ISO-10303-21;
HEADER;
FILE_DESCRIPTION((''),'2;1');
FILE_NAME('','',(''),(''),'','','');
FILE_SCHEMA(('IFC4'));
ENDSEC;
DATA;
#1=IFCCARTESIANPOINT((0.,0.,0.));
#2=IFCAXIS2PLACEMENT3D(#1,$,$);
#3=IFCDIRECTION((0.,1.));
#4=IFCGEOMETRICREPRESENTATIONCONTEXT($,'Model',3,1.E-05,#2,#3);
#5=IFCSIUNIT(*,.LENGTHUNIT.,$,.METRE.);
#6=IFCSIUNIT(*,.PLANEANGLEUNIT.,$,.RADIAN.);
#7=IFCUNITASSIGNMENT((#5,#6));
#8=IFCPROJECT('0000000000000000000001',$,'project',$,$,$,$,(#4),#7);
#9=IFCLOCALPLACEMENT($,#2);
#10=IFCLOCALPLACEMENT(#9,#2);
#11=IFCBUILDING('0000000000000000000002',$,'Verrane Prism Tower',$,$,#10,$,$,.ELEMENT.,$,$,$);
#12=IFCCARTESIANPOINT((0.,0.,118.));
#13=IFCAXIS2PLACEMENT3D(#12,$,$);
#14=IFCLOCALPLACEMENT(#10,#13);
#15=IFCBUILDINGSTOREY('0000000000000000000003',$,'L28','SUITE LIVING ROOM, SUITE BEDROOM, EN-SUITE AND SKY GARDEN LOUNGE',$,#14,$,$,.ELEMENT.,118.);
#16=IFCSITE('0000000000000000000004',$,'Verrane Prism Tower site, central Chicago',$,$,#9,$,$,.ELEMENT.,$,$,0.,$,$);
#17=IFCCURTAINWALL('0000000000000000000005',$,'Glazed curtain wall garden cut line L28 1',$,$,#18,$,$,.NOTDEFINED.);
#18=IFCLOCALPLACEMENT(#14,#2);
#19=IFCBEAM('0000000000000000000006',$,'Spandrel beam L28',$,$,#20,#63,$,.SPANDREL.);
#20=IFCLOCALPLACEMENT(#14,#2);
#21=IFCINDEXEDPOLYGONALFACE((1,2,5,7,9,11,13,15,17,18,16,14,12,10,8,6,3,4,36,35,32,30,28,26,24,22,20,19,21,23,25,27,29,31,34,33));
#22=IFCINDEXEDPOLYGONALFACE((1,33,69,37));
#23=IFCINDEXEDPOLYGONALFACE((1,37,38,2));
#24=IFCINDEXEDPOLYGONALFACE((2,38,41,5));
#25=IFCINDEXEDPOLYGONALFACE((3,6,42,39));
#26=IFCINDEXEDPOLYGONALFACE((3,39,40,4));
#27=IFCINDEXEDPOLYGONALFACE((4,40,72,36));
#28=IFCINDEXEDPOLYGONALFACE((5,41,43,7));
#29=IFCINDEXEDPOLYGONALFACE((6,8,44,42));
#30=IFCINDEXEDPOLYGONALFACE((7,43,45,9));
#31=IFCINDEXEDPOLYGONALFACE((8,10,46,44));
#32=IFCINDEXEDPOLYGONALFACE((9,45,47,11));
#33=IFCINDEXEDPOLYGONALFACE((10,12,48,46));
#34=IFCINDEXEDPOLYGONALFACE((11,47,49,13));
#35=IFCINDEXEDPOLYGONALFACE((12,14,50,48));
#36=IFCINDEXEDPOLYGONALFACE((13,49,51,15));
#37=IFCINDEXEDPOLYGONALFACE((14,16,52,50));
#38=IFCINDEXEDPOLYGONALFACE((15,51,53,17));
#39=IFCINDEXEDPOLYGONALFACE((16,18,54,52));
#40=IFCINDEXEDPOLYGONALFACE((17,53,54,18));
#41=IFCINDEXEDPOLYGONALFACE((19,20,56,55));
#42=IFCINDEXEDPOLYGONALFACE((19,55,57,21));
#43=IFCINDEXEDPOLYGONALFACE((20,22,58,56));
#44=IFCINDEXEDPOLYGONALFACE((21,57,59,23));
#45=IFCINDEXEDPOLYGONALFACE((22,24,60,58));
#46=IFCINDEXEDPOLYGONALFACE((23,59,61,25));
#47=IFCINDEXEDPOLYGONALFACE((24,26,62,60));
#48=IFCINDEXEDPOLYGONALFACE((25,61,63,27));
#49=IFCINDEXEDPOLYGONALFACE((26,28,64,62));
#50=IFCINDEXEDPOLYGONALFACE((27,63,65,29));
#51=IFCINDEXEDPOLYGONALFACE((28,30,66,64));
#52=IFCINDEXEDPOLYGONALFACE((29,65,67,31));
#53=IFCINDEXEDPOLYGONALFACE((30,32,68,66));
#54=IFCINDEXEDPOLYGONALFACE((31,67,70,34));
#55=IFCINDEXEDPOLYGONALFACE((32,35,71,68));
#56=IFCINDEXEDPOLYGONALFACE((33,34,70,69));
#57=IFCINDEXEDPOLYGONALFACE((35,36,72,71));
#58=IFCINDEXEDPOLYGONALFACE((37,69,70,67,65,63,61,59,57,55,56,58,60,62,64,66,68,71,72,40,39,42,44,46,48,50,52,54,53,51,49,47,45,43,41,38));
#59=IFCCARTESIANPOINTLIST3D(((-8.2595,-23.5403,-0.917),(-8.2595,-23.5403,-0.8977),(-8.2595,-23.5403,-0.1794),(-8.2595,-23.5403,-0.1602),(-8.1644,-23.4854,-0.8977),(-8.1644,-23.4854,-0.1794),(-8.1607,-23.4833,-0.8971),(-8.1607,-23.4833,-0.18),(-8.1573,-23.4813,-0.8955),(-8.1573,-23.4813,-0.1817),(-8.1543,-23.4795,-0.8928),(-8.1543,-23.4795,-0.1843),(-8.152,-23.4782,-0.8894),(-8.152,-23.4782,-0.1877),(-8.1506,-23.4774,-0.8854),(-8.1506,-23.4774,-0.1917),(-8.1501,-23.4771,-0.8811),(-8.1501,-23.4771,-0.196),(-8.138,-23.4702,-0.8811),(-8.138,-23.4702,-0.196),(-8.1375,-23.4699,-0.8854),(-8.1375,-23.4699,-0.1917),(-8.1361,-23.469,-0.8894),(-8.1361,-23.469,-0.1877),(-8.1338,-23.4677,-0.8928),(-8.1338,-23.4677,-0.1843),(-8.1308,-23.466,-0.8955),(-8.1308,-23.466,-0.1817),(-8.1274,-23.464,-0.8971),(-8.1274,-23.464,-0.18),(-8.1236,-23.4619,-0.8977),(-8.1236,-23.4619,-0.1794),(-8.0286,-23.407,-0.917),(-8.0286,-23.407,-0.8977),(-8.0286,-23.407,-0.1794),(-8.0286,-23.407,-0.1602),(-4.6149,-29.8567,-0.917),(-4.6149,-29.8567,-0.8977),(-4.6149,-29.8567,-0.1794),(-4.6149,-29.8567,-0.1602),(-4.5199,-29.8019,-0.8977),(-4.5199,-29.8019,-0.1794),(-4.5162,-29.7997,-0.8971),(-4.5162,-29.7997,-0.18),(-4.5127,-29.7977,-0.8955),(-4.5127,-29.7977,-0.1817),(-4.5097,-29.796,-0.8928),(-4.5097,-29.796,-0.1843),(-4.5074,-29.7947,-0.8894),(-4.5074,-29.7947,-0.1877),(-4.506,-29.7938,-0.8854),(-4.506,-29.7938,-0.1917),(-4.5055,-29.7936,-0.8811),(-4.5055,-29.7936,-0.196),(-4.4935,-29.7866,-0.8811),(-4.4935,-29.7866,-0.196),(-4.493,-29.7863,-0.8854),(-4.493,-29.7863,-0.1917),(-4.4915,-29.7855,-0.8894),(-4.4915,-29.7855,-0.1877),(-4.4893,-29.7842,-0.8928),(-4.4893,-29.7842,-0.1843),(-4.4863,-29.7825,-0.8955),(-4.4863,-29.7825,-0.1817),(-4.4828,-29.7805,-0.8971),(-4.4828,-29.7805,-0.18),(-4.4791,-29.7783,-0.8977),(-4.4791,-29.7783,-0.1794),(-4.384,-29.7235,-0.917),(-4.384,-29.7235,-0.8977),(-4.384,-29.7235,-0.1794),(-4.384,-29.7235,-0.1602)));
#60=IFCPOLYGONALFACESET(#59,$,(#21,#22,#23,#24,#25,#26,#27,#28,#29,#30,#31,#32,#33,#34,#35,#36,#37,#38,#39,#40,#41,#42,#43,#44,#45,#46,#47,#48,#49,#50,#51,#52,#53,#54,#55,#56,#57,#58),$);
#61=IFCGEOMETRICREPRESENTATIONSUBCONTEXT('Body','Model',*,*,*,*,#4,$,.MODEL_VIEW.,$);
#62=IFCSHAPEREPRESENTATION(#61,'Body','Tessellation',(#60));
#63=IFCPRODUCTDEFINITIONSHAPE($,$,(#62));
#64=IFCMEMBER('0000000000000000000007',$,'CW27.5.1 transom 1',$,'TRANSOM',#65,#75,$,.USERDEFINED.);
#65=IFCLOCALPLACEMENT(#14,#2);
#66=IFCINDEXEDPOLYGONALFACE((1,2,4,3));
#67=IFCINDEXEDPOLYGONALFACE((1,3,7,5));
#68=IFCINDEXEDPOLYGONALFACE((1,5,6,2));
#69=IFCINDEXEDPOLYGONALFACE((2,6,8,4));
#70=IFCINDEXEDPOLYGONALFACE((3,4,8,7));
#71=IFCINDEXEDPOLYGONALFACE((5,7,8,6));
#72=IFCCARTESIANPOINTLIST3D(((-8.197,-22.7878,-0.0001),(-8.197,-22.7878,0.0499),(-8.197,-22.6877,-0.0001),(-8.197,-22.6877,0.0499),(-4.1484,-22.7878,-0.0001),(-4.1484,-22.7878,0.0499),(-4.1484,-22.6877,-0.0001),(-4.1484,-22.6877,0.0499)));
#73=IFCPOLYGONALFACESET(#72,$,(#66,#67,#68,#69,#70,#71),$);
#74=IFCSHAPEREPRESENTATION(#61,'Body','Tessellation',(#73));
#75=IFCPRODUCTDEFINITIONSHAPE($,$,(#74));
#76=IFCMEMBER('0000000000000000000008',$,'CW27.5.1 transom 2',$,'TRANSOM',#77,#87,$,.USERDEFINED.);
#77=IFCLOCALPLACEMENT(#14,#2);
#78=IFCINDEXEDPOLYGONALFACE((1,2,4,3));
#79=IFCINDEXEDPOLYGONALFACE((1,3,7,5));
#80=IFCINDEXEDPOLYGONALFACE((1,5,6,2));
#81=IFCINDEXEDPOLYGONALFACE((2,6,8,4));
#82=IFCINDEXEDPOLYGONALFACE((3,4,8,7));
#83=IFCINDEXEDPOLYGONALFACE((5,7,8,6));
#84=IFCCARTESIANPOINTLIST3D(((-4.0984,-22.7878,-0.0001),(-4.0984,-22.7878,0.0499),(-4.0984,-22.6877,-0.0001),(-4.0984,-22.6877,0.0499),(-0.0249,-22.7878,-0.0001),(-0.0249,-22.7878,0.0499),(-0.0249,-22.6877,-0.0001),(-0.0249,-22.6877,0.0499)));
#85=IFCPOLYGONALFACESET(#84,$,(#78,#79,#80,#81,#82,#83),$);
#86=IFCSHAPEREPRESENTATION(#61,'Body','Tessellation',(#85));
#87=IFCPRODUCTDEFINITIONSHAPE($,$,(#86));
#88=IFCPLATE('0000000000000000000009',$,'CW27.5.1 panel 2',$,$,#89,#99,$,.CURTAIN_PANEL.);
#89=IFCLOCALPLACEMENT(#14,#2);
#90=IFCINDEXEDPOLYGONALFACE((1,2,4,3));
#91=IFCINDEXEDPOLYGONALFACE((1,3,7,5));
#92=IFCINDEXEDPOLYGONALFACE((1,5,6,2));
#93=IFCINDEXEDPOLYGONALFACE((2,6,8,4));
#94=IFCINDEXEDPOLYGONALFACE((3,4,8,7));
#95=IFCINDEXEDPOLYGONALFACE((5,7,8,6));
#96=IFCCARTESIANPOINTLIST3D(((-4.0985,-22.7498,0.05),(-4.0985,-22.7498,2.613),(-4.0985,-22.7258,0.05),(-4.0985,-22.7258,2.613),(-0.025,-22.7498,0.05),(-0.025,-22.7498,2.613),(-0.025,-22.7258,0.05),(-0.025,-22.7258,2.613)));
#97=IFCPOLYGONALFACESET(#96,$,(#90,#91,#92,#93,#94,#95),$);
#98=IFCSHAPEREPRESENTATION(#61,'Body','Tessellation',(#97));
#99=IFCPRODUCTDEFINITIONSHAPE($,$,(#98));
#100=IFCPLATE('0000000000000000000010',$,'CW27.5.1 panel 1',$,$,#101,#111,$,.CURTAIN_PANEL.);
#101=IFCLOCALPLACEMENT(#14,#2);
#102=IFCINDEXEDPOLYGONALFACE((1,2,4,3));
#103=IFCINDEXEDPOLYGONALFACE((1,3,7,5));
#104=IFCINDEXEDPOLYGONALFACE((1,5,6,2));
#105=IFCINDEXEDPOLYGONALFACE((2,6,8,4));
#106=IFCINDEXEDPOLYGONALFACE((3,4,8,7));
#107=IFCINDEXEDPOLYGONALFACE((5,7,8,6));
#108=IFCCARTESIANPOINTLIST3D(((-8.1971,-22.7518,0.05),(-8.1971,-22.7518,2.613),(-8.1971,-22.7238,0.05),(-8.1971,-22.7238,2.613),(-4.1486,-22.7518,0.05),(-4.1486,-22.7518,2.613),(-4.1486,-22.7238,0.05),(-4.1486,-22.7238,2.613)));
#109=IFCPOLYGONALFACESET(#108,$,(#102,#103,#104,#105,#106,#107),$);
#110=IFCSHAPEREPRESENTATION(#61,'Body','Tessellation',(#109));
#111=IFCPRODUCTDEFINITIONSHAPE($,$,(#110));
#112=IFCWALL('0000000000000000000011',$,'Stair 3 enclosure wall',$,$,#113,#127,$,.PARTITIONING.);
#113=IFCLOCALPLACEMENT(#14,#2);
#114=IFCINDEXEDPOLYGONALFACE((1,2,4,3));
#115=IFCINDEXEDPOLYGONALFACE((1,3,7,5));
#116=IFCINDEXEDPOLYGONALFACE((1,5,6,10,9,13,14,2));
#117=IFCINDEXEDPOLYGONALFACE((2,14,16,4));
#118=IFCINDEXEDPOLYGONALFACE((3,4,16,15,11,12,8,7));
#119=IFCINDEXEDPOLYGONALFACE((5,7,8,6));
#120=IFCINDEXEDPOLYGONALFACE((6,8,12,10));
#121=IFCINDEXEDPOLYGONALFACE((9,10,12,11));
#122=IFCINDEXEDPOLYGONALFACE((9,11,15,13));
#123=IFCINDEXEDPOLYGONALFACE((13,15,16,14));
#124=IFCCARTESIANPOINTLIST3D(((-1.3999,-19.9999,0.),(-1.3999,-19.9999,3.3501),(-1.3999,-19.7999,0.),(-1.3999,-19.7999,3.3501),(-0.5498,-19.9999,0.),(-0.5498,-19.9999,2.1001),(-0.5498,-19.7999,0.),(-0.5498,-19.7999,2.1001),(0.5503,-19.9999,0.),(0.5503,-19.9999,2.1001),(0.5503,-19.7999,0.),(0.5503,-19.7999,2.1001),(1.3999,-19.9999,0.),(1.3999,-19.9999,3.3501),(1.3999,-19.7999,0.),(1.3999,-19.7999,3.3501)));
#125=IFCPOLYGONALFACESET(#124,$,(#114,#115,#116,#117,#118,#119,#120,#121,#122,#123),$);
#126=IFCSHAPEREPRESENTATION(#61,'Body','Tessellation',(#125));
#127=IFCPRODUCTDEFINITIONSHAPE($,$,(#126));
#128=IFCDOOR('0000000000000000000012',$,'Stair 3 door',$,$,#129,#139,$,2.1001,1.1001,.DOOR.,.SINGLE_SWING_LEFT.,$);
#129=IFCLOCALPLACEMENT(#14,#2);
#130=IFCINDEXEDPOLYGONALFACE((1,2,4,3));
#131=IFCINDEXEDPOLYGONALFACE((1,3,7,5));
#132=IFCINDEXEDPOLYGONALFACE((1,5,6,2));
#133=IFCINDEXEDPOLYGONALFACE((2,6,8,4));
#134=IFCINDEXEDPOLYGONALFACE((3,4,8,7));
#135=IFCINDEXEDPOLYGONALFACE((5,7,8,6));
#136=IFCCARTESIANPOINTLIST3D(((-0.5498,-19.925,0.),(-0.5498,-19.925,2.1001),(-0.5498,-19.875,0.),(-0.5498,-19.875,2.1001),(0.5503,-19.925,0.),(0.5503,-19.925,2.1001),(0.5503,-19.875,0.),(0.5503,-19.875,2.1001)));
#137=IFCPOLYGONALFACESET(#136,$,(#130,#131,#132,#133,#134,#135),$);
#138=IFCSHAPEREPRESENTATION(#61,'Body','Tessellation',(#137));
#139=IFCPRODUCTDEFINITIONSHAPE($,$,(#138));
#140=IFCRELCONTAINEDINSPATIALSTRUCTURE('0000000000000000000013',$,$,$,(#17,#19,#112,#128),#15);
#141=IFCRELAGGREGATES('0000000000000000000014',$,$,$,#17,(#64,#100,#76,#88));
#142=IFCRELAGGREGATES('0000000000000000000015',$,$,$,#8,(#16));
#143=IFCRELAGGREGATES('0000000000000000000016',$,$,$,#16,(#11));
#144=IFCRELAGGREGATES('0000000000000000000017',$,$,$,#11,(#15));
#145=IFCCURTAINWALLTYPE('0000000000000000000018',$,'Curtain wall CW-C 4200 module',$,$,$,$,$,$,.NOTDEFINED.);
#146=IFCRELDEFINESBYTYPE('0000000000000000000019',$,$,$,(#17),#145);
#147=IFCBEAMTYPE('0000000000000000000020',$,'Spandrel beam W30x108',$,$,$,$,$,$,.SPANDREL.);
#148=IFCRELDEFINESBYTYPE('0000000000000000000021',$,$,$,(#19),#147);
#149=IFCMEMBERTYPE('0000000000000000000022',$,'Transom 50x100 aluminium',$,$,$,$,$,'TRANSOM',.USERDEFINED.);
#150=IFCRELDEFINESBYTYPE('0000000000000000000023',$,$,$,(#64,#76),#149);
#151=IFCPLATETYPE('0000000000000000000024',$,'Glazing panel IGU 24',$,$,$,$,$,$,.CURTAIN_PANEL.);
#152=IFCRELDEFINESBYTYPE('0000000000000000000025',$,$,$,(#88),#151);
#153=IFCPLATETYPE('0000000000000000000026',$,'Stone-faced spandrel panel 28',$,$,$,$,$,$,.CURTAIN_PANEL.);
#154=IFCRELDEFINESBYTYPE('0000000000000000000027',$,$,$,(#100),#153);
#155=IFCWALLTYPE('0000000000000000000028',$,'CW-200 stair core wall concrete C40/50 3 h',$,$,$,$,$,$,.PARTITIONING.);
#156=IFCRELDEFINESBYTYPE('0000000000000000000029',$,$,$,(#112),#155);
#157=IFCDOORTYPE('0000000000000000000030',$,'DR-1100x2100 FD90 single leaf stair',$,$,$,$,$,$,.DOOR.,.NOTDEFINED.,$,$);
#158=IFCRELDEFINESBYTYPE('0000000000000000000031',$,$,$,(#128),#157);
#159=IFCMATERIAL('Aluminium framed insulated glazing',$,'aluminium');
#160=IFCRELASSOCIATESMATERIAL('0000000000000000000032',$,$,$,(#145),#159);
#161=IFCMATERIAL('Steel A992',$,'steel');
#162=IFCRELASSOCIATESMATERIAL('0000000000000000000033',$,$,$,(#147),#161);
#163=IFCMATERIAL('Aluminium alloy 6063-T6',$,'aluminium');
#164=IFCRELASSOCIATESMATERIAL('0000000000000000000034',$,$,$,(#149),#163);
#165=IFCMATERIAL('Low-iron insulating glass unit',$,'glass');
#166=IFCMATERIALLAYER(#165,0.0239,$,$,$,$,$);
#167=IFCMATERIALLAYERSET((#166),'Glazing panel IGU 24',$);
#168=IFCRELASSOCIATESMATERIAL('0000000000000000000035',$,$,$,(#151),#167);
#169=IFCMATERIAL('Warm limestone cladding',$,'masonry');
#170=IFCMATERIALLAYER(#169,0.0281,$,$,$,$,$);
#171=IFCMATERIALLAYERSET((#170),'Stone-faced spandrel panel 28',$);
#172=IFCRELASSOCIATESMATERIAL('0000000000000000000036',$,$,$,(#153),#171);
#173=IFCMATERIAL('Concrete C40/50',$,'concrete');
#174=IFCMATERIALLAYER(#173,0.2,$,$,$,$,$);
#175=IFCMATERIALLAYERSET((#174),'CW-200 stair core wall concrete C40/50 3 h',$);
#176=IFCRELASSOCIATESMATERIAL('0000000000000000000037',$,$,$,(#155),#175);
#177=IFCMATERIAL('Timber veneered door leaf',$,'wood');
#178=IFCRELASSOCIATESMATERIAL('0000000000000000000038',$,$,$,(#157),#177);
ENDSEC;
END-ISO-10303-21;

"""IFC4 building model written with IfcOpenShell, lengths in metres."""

from ifc_helpers import new_model, si_unit, direction, frame, frame_2d, origin, origin_2d, place, context, subcontext, project, spatial, rectangle, i_section, extrude, material, layer, layer_set, material_profile, profile_set, type_object, element, fill, aggregate, save


model = new_model("IFC4")

# Units and contexts
model_context = context("Model", 3, precision=1e-05, world=origin(), true_north=direction((0.0, 1.0)))
body_context = subcontext(model_context, "Body", "Model", "MODEL_VIEW")
ifc_project = project(units=[si_unit("LENGTHUNIT", "METRE"), si_unit("PLANEANGLEUNIT", "RADIAN")], contexts=[model_context])

# Site, building, storey
site_placement = place(None, origin())
site = spatial("IfcSite", under=ifc_project, at=site_placement, Name="Verrane Prism Tower site, central Chicago", CompositionType="ELEMENT", RefElevation=0.0)
building_placement = place(site_placement, origin())
building = spatial("IfcBuilding", under=site, at=building_placement, Name="Verrane Prism Tower", CompositionType="ELEMENT")
storey_placement = place(building_placement, frame((0.0, 0.0, 118.0)))
storey = spatial("IfcBuildingStorey", under=building, at=storey_placement, Name="L28", Description="SUITE LIVING ROOM, SUITE BEDROOM, EN-SUITE AND SKY GARDEN LOUNGE", CompositionType="ELEMENT", Elevation=118.0)

# Curtain wall
ifc_material_1 = material(Name="Aluminium framed insulated glazing", Category="aluminium")
curtain_wall_type = type_object("IfcCurtainWallType", Name="Curtain wall CW-C 4200 module", PredefinedType="NOTDEFINED", material=ifc_material_1)
curtain_wall_placement = place(storey_placement, origin())
curtain_wall = element("IfcCurtainWall", 1, at=curtain_wall_placement, inside=storey, type_object=curtain_wall_type, Name="Glazed curtain wall garden cut line L28 1", PredefinedType="NOTDEFINED")

# Beam
ifc_material_2 = material(Name="Steel A992", Category="steel")
ifc_material_profile_1 = material_profile(ifc_material_2, i_section(OverallWidth=0.2666, OverallDepth=0.7568, WebThickness=0.0139, FlangeThickness=0.0193, FilletRadius=0.0166, at=origin_2d()), Name="W30x108")
ifc_profile_set_1 = profile_set([ifc_material_profile_1], Name="Steel A992")
beam_type_1 = type_object("IfcBeamType", Name="Spandrel beam W30x108", PredefinedType="SPANDREL", material=ifc_profile_set_1)
beam_1_placement = place(storey_placement, frame((-8.144, -23.4736, -0.5386), z_axis=(0.499769, -0.866159, 0.0), x_axis=(0.866159, 0.499769, 0.0)))
element("IfcBeam", 2, at=beam_1_placement, inside=storey, type_object=beam_type_1, Name="Spandrel beam L28", PredefinedType="SPANDREL", context=body_context, shape_type="SweptSolid", body=[
    extrude(i_section(OverallWidth=0.2666, OverallDepth=0.7568, WebThickness=0.0139, FlangeThickness=0.0193, FilletRadius=0.0166, at=origin_2d()), origin(), (0.0, 0.0, 1.0), 7.2925),
])

# Members
ifc_material_3 = material(Name="Aluminium alloy 6063-T6", Category="aluminium")
ifc_material_profile_2 = material_profile(ifc_material_3, rectangle(XDim=0.1001, YDim=0.05, at=origin_2d()), Name="Transom 50x100 aluminium")
ifc_profile_set_2 = profile_set([ifc_material_profile_2], Name="Aluminium alloy 6063-T6")
member_type_1 = type_object("IfcMemberType", Name="Transom 50x100 aluminium", ElementType="TRANSOM", PredefinedType="USERDEFINED", material=ifc_profile_set_2)
member_1_placement = place(storey_placement, frame((-8.197, -22.7378, 0.0249), z_axis=(1.0, 0.0, 0.0), x_axis=(0.0, 1.0, 0.0)))
member_1 = element("IfcMember", 3, at=member_1_placement, type_object=member_type_1, Name="CW27.5.1 transom 1", ObjectType="TRANSOM", PredefinedType="USERDEFINED", context=body_context, shape_type="SweptSolid", body=[
    extrude(rectangle(XDim=0.1001, YDim=0.05, at=origin_2d()), origin(), (0.0, 0.0, 1.0), 4.0486),
])
member_2_placement = place(storey_placement, frame((-4.0984, -22.7378, 0.0249), z_axis=(1.0, 0.0, 0.0), x_axis=(0.0, 1.0, 0.0)))
member_2 = element("IfcMember", 4, at=member_2_placement, type_object=member_type_1, Name="CW27.5.1 transom 2", ObjectType="TRANSOM", PredefinedType="USERDEFINED", context=body_context, shape_type="SweptSolid", body=[
    extrude(rectangle(XDim=0.1001, YDim=0.05, at=origin_2d()), origin(), (0.0, 0.0, 1.0), 4.0735),
])

# Plates
ifc_material_4 = material(Name="Low-iron insulating glass unit", Category="glass")
ifc_layer_1 = layer(ifc_material_4, 0.0239)
ifc_layer_set_1 = layer_set([ifc_layer_1], Name="Glazing panel IGU 24")
plate_type_1 = type_object("IfcPlateType", Name="Glazing panel IGU 24", PredefinedType="CURTAIN_PANEL", material=ifc_layer_set_1)
plate_1_placement = place(storey_placement, frame((-2.0618, -22.7378, 0.05), z_axis=(0.0, 0.0, 1.0), x_axis=(1.0, 0.0, 0.0)))
plate_1 = element("IfcPlate", 5, at=plate_1_placement, type_object=plate_type_1, Name="CW27.5.1 panel 2", PredefinedType="CURTAIN_PANEL", context=body_context, shape_type="SweptSolid", body=[
    extrude(rectangle(XDim=4.0735, YDim=0.0239, at=origin_2d()), origin(), (0.0, 0.0, 1.0), 2.563),
])
ifc_material_5 = material(Name="Warm limestone cladding", Category="masonry")
ifc_layer_2 = layer(ifc_material_5, 0.0281)
ifc_layer_set_2 = layer_set([ifc_layer_2], Name="Stone-faced spandrel panel 28")
plate_type_2 = type_object("IfcPlateType", Name="Stone-faced spandrel panel 28", PredefinedType="CURTAIN_PANEL", material=ifc_layer_set_2)
plate_2_placement = place(storey_placement, frame((-6.1729, -22.7378, 0.05), z_axis=(0.0, 0.0, 1.0), x_axis=(1.0, 0.0, 0.0)))
plate_2 = element("IfcPlate", 6, at=plate_2_placement, type_object=plate_type_2, Name="CW27.5.1 panel 1", PredefinedType="CURTAIN_PANEL", context=body_context, shape_type="SweptSolid", body=[
    extrude(rectangle(XDim=4.0486, YDim=0.0281, at=origin_2d()), origin(), (0.0, 0.0, 1.0), 2.563),
])
aggregate(curtain_wall, [member_1, plate_2, member_2, plate_1])

# Wall, opening, door
ifc_material_6 = material(Name="Concrete C40/50", Category="concrete")
ifc_layer_3 = layer(ifc_material_6, 0.2)
ifc_layer_set_3 = layer_set([ifc_layer_3], Name="CW-200 stair core wall concrete C40/50 3 h")
wall_type_1 = type_object("IfcWallType", Name="CW-200 stair core wall concrete C40/50 3 h", PredefinedType="PARTITIONING", material=ifc_layer_set_3)
wall_1_placement = place(storey_placement, frame((-1.3999, -19.8999, 0.0), z_axis=(0.0, 0.0, 1.0), x_axis=(1.0, 0.0, 0.0)))
wall_1 = element("IfcWall", 7, at=wall_1_placement, inside=storey, type_object=wall_type_1, Name="Stair 3 enclosure wall", PredefinedType="PARTITIONING", context=body_context, shape_type="SweptSolid", body=[
    extrude(rectangle(XDim=2.7998, YDim=0.2, at=frame_2d((1.3999, 0.0))), origin(), (0.0, 0.0, 1.0), 3.3501),
])
opening_1_placement = place(wall_1_placement, frame((0.8501, 0.0, 0.0)))
opening_1 = element("IfcOpeningElement", 8, at=opening_1_placement, cuts=wall_1, PredefinedType="OPENING", context=body_context, shape_type="SweptSolid", body=[
    extrude(rectangle(XDim=1.1001, YDim=2.1001, at=frame_2d((0.55, 1.05))), frame((0.0, 0.1099, 0.0), z_axis=(0.0, -1.0, 0.0), x_axis=(1.0, 0.0, 0.0)), (0.0, 0.0, 1.0), 0.22),
])
ifc_material_7 = material(Name="Timber veneered door leaf", Category="wood")
door_type_1 = type_object("IfcDoorType", Name="DR-1100x2100 FD90 single leaf stair", OperationType="NOTDEFINED", PredefinedType="DOOR", material=ifc_material_7)
door_1_placement = place(opening_1_placement, origin())
door_1 = element("IfcDoor", 9, at=door_1_placement, inside=storey, type_object=door_type_1, Name="Stair 3 door", OperationType="SINGLE_SWING_LEFT", OverallHeight=2.1001, OverallWidth=1.1001, PredefinedType="DOOR", context=body_context, shape_type="SweptSolid", body=[
    extrude(rectangle(XDim=1.1001, YDim=2.1001, at=frame_2d((0.55, 1.05))), frame((0.0, 0.0249, 0.0), z_axis=(0.0, -1.0, 0.0), x_axis=(1.0, 0.0, 0.0)), (0.0, 0.0, 1.0), 0.05),
])
fill(opening_1, door_1)

save(model, "model.ifc")
